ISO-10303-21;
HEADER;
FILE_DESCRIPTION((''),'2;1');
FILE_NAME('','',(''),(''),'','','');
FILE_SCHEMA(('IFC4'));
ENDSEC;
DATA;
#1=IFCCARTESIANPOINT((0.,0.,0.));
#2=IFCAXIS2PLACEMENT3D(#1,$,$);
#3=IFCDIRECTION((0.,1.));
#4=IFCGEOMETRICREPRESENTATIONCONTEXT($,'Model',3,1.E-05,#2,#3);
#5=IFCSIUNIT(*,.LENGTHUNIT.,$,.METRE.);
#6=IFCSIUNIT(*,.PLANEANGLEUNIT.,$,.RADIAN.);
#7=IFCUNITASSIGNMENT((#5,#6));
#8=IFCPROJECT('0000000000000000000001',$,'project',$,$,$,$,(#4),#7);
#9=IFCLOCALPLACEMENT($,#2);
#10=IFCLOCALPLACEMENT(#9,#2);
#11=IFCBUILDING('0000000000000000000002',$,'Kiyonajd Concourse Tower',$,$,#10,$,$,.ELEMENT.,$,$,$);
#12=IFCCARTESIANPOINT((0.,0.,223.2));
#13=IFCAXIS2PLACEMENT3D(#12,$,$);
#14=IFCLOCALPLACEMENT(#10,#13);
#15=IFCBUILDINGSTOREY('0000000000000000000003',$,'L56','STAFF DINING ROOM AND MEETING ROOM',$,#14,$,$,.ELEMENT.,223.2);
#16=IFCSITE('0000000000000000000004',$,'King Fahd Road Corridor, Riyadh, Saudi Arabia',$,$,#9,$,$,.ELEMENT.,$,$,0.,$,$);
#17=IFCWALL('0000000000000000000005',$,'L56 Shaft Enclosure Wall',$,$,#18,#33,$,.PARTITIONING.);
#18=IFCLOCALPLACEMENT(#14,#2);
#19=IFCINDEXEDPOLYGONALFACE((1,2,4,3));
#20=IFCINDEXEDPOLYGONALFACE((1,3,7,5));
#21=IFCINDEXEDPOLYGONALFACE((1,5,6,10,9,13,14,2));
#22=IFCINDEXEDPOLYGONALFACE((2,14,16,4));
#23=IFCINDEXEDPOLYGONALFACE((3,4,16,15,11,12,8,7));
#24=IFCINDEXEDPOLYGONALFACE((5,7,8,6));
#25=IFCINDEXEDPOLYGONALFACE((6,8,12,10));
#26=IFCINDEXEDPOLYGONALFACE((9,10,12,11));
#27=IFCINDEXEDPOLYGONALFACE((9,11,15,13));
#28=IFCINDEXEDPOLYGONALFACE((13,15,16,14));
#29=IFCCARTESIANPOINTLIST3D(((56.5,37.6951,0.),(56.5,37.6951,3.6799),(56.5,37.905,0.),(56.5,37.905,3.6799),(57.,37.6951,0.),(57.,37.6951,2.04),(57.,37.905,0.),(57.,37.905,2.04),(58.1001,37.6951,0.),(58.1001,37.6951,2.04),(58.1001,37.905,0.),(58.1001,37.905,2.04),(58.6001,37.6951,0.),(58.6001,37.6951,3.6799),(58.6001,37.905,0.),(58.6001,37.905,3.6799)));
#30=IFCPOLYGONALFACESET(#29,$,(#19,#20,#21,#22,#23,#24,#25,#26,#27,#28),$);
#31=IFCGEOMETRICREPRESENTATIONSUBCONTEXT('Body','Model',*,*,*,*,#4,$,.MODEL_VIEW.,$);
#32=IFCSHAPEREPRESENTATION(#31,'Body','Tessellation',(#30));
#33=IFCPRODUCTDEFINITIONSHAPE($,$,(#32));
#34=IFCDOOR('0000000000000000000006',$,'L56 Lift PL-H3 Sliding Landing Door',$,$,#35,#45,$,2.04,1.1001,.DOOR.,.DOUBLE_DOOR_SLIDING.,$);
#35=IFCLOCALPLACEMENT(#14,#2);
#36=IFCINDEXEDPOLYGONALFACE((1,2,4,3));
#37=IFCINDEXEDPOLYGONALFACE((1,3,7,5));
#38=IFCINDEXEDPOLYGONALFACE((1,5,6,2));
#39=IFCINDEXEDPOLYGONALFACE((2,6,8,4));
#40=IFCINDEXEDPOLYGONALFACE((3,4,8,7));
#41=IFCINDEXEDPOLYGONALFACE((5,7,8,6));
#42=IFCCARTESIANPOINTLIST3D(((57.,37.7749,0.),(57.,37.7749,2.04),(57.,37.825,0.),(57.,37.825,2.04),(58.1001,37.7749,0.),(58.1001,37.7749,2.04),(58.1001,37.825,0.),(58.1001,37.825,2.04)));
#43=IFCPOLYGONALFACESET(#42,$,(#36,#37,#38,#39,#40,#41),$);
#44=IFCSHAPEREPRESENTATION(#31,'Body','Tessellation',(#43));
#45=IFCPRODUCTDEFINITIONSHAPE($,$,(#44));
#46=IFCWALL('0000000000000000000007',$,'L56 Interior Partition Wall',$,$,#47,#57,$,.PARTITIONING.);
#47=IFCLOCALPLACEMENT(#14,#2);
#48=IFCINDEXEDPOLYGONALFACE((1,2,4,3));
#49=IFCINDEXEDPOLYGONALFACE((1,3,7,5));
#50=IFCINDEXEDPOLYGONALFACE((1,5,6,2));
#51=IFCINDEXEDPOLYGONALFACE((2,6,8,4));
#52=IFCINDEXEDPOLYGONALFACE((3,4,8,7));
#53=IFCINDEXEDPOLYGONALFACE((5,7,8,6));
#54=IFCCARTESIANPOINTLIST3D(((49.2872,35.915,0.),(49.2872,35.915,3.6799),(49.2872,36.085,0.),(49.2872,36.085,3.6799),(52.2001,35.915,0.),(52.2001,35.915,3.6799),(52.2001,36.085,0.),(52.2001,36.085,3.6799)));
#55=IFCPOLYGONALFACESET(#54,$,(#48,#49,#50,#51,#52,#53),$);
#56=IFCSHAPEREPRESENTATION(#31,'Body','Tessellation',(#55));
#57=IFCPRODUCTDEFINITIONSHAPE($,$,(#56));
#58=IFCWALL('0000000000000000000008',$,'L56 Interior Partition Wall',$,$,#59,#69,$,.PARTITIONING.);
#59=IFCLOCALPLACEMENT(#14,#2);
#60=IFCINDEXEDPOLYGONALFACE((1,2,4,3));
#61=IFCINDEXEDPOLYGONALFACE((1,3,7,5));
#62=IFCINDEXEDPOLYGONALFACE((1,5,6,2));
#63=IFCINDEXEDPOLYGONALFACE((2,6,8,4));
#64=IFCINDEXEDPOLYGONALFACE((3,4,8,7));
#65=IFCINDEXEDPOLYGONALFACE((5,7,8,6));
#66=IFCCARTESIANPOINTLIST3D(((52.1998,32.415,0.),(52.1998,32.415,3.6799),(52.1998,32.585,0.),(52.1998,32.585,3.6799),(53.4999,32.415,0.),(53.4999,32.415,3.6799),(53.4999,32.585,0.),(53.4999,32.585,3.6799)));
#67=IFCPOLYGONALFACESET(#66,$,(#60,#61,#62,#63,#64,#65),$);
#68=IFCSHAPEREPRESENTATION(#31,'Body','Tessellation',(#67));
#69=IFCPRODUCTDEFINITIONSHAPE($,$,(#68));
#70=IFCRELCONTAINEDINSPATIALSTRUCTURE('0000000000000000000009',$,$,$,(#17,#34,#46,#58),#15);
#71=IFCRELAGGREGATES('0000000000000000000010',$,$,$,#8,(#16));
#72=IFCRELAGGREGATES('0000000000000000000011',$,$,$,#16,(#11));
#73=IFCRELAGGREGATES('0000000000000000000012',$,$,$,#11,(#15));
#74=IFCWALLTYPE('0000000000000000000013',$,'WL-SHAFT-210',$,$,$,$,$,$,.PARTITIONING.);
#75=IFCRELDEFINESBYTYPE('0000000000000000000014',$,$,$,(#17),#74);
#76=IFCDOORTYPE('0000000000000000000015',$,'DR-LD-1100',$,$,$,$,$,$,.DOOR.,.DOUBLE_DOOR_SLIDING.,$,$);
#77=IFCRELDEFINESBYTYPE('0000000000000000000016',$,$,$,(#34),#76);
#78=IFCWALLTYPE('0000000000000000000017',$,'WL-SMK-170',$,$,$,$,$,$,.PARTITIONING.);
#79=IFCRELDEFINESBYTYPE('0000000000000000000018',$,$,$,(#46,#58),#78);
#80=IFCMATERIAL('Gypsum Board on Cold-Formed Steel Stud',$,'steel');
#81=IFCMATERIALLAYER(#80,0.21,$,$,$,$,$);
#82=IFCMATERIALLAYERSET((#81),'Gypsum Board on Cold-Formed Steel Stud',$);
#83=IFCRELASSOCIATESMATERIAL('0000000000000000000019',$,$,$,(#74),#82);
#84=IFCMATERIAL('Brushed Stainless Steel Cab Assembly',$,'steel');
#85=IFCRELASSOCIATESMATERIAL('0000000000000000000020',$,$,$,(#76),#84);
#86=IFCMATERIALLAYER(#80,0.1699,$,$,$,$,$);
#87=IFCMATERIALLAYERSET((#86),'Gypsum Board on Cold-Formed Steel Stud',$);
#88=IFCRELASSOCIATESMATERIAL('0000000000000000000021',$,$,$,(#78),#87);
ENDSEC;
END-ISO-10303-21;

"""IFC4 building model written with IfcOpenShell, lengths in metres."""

from ifc_helpers import new_model, si_unit, direction, frame, frame_2d, origin, place, context, subcontext, project, spatial, rectangle, extrude, material, layer, layer_set, type_object, element, fill, save


model = new_model("IFC4")

# Units and contexts
model_context = context("Model", 3, precision=1e-05, world=origin(), true_north=direction((0.0, 1.0)))
body_context = subcontext(model_context, "Body", "Model", "MODEL_VIEW")
ifc_project = project(units=[si_unit("LENGTHUNIT", "METRE"), si_unit("PLANEANGLEUNIT", "RADIAN")], contexts=[model_context])

# Site, building, storey
site_placement = place(None, origin())
site = spatial("IfcSite", under=ifc_project, at=site_placement, Name="King Fahd Road Corridor, Riyadh, Saudi Arabia", CompositionType="ELEMENT", RefElevation=0.0)
building_placement = place(site_placement, origin())
building = spatial("IfcBuilding", under=site, at=building_placement, Name="Kiyonajd Concourse Tower", CompositionType="ELEMENT")
storey_placement = place(building_placement, frame((0.0, 0.0, 223.2)))
storey = spatial("IfcBuildingStorey", under=building, at=storey_placement, Name="L56", Description="STAFF DINING ROOM AND MEETING ROOM", CompositionType="ELEMENT", Elevation=223.2)

# Shared definitions
ifc_material_1 = material(Name="Gypsum Board on Cold-Formed Steel Stud", Category="steel")

# Shared definitions
ifc_layer_1 = layer(ifc_material_1, 0.21)
ifc_layer_set_1 = layer_set([ifc_layer_1], Name="Gypsum Board on Cold-Formed Steel Stud")
wall_type_1 = type_object("IfcWallType", Name="WL-SHAFT-210", PredefinedType="PARTITIONING", material=ifc_layer_set_1)
ifc_material_2 = material(Name="Brushed Stainless Steel Cab Assembly", Category="steel")

# Wall, opening, door
door_type_1 = type_object("IfcDoorType", Name="DR-LD-1100", OperationType="DOUBLE_DOOR_SLIDING", PredefinedType="DOOR", material=ifc_material_2)
wall_1_placement = place(storey_placement, frame((56.5, 37.8, 0.0), z_axis=(0.0, 0.0, 1.0), x_axis=(1.0, 0.0, 0.0)))
wall_1 = element("IfcWall", 1, at=wall_1_placement, inside=storey, type_object=wall_type_1, Name="L56 Shaft Enclosure Wall", PredefinedType="PARTITIONING", context=body_context, shape_type="SweptSolid", body=[
    extrude(rectangle(XDim=2.1001, YDim=0.21, at=frame_2d((1.05, 0.0))), origin(), (0.0, 0.0, 1.0), 3.6799),
])
opening_1_placement = place(wall_1_placement, frame((0.5, 0.0, 0.0)))
opening_1 = element("IfcOpeningElement", 2, at=opening_1_placement, cuts=wall_1, PredefinedType="OPENING", context=body_context, shape_type="SweptSolid", body=[
    extrude(rectangle(XDim=1.1001, YDim=2.04, at=frame_2d((0.55, 1.02))), frame((0.0, 0.115, 0.0), z_axis=(0.0, -1.0, 0.0), x_axis=(1.0, 0.0, 0.0)), (0.0, 0.0, 1.0), 0.23),
])
door_1_placement = place(opening_1_placement, origin())
door_1 = element("IfcDoor", 3, at=door_1_placement, inside=storey, type_object=door_type_1, Name="L56 Lift PL-H3 Sliding Landing Door", OperationType="DOUBLE_DOOR_SLIDING", OverallHeight=2.04, OverallWidth=1.1001, PredefinedType="DOOR", context=body_context, shape_type="SweptSolid", body=[
    extrude(rectangle(XDim=1.1001, YDim=2.04, at=frame_2d((0.55, 1.02))), frame((0.0, 0.0249, 0.0), z_axis=(0.0, -1.0, 0.0), x_axis=(1.0, 0.0, 0.0)), (0.0, 0.0, 1.0), 0.05),
])
fill(opening_1, door_1)

# Walls
ifc_layer_2 = layer(ifc_material_1, 0.1699)
ifc_layer_set_2 = layer_set([ifc_layer_2], Name="Gypsum Board on Cold-Formed Steel Stud")
wall_type_2 = type_object("IfcWallType", Name="WL-SMK-170", PredefinedType="PARTITIONING", material=ifc_layer_set_2)
wall_2_placement = place(storey_placement, frame((49.2871, 36.0, 0.0), z_axis=(0.0, 0.0, 1.0), x_axis=(1.0, 0.0, 0.0)))
element("IfcWall", 4, at=wall_2_placement, inside=storey, type_object=wall_type_2, Name="L56 Interior Partition Wall", PredefinedType="PARTITIONING", context=body_context, shape_type="SweptSolid", body=[
    extrude(rectangle(XDim=2.9128, YDim=0.1699, at=frame_2d((1.4565, 0.0))), origin(), (0.0, 0.0, 1.0), 3.6799),
])
wall_3_placement = place(storey_placement, frame((52.2, 32.5, 0.0), z_axis=(0.0, 0.0, 1.0), x_axis=(1.0, 0.0, 0.0)))
element("IfcWall", 5, at=wall_3_placement, inside=storey, type_object=wall_type_2, Name="L56 Interior Partition Wall", PredefinedType="PARTITIONING", context=body_context, shape_type="SweptSolid", body=[
    extrude(rectangle(XDim=1.3, YDim=0.1699, at=frame_2d((0.6499, 0.0))), origin(), (0.0, 0.0, 1.0), 3.6799),
])

save(model, "model.ifc")
